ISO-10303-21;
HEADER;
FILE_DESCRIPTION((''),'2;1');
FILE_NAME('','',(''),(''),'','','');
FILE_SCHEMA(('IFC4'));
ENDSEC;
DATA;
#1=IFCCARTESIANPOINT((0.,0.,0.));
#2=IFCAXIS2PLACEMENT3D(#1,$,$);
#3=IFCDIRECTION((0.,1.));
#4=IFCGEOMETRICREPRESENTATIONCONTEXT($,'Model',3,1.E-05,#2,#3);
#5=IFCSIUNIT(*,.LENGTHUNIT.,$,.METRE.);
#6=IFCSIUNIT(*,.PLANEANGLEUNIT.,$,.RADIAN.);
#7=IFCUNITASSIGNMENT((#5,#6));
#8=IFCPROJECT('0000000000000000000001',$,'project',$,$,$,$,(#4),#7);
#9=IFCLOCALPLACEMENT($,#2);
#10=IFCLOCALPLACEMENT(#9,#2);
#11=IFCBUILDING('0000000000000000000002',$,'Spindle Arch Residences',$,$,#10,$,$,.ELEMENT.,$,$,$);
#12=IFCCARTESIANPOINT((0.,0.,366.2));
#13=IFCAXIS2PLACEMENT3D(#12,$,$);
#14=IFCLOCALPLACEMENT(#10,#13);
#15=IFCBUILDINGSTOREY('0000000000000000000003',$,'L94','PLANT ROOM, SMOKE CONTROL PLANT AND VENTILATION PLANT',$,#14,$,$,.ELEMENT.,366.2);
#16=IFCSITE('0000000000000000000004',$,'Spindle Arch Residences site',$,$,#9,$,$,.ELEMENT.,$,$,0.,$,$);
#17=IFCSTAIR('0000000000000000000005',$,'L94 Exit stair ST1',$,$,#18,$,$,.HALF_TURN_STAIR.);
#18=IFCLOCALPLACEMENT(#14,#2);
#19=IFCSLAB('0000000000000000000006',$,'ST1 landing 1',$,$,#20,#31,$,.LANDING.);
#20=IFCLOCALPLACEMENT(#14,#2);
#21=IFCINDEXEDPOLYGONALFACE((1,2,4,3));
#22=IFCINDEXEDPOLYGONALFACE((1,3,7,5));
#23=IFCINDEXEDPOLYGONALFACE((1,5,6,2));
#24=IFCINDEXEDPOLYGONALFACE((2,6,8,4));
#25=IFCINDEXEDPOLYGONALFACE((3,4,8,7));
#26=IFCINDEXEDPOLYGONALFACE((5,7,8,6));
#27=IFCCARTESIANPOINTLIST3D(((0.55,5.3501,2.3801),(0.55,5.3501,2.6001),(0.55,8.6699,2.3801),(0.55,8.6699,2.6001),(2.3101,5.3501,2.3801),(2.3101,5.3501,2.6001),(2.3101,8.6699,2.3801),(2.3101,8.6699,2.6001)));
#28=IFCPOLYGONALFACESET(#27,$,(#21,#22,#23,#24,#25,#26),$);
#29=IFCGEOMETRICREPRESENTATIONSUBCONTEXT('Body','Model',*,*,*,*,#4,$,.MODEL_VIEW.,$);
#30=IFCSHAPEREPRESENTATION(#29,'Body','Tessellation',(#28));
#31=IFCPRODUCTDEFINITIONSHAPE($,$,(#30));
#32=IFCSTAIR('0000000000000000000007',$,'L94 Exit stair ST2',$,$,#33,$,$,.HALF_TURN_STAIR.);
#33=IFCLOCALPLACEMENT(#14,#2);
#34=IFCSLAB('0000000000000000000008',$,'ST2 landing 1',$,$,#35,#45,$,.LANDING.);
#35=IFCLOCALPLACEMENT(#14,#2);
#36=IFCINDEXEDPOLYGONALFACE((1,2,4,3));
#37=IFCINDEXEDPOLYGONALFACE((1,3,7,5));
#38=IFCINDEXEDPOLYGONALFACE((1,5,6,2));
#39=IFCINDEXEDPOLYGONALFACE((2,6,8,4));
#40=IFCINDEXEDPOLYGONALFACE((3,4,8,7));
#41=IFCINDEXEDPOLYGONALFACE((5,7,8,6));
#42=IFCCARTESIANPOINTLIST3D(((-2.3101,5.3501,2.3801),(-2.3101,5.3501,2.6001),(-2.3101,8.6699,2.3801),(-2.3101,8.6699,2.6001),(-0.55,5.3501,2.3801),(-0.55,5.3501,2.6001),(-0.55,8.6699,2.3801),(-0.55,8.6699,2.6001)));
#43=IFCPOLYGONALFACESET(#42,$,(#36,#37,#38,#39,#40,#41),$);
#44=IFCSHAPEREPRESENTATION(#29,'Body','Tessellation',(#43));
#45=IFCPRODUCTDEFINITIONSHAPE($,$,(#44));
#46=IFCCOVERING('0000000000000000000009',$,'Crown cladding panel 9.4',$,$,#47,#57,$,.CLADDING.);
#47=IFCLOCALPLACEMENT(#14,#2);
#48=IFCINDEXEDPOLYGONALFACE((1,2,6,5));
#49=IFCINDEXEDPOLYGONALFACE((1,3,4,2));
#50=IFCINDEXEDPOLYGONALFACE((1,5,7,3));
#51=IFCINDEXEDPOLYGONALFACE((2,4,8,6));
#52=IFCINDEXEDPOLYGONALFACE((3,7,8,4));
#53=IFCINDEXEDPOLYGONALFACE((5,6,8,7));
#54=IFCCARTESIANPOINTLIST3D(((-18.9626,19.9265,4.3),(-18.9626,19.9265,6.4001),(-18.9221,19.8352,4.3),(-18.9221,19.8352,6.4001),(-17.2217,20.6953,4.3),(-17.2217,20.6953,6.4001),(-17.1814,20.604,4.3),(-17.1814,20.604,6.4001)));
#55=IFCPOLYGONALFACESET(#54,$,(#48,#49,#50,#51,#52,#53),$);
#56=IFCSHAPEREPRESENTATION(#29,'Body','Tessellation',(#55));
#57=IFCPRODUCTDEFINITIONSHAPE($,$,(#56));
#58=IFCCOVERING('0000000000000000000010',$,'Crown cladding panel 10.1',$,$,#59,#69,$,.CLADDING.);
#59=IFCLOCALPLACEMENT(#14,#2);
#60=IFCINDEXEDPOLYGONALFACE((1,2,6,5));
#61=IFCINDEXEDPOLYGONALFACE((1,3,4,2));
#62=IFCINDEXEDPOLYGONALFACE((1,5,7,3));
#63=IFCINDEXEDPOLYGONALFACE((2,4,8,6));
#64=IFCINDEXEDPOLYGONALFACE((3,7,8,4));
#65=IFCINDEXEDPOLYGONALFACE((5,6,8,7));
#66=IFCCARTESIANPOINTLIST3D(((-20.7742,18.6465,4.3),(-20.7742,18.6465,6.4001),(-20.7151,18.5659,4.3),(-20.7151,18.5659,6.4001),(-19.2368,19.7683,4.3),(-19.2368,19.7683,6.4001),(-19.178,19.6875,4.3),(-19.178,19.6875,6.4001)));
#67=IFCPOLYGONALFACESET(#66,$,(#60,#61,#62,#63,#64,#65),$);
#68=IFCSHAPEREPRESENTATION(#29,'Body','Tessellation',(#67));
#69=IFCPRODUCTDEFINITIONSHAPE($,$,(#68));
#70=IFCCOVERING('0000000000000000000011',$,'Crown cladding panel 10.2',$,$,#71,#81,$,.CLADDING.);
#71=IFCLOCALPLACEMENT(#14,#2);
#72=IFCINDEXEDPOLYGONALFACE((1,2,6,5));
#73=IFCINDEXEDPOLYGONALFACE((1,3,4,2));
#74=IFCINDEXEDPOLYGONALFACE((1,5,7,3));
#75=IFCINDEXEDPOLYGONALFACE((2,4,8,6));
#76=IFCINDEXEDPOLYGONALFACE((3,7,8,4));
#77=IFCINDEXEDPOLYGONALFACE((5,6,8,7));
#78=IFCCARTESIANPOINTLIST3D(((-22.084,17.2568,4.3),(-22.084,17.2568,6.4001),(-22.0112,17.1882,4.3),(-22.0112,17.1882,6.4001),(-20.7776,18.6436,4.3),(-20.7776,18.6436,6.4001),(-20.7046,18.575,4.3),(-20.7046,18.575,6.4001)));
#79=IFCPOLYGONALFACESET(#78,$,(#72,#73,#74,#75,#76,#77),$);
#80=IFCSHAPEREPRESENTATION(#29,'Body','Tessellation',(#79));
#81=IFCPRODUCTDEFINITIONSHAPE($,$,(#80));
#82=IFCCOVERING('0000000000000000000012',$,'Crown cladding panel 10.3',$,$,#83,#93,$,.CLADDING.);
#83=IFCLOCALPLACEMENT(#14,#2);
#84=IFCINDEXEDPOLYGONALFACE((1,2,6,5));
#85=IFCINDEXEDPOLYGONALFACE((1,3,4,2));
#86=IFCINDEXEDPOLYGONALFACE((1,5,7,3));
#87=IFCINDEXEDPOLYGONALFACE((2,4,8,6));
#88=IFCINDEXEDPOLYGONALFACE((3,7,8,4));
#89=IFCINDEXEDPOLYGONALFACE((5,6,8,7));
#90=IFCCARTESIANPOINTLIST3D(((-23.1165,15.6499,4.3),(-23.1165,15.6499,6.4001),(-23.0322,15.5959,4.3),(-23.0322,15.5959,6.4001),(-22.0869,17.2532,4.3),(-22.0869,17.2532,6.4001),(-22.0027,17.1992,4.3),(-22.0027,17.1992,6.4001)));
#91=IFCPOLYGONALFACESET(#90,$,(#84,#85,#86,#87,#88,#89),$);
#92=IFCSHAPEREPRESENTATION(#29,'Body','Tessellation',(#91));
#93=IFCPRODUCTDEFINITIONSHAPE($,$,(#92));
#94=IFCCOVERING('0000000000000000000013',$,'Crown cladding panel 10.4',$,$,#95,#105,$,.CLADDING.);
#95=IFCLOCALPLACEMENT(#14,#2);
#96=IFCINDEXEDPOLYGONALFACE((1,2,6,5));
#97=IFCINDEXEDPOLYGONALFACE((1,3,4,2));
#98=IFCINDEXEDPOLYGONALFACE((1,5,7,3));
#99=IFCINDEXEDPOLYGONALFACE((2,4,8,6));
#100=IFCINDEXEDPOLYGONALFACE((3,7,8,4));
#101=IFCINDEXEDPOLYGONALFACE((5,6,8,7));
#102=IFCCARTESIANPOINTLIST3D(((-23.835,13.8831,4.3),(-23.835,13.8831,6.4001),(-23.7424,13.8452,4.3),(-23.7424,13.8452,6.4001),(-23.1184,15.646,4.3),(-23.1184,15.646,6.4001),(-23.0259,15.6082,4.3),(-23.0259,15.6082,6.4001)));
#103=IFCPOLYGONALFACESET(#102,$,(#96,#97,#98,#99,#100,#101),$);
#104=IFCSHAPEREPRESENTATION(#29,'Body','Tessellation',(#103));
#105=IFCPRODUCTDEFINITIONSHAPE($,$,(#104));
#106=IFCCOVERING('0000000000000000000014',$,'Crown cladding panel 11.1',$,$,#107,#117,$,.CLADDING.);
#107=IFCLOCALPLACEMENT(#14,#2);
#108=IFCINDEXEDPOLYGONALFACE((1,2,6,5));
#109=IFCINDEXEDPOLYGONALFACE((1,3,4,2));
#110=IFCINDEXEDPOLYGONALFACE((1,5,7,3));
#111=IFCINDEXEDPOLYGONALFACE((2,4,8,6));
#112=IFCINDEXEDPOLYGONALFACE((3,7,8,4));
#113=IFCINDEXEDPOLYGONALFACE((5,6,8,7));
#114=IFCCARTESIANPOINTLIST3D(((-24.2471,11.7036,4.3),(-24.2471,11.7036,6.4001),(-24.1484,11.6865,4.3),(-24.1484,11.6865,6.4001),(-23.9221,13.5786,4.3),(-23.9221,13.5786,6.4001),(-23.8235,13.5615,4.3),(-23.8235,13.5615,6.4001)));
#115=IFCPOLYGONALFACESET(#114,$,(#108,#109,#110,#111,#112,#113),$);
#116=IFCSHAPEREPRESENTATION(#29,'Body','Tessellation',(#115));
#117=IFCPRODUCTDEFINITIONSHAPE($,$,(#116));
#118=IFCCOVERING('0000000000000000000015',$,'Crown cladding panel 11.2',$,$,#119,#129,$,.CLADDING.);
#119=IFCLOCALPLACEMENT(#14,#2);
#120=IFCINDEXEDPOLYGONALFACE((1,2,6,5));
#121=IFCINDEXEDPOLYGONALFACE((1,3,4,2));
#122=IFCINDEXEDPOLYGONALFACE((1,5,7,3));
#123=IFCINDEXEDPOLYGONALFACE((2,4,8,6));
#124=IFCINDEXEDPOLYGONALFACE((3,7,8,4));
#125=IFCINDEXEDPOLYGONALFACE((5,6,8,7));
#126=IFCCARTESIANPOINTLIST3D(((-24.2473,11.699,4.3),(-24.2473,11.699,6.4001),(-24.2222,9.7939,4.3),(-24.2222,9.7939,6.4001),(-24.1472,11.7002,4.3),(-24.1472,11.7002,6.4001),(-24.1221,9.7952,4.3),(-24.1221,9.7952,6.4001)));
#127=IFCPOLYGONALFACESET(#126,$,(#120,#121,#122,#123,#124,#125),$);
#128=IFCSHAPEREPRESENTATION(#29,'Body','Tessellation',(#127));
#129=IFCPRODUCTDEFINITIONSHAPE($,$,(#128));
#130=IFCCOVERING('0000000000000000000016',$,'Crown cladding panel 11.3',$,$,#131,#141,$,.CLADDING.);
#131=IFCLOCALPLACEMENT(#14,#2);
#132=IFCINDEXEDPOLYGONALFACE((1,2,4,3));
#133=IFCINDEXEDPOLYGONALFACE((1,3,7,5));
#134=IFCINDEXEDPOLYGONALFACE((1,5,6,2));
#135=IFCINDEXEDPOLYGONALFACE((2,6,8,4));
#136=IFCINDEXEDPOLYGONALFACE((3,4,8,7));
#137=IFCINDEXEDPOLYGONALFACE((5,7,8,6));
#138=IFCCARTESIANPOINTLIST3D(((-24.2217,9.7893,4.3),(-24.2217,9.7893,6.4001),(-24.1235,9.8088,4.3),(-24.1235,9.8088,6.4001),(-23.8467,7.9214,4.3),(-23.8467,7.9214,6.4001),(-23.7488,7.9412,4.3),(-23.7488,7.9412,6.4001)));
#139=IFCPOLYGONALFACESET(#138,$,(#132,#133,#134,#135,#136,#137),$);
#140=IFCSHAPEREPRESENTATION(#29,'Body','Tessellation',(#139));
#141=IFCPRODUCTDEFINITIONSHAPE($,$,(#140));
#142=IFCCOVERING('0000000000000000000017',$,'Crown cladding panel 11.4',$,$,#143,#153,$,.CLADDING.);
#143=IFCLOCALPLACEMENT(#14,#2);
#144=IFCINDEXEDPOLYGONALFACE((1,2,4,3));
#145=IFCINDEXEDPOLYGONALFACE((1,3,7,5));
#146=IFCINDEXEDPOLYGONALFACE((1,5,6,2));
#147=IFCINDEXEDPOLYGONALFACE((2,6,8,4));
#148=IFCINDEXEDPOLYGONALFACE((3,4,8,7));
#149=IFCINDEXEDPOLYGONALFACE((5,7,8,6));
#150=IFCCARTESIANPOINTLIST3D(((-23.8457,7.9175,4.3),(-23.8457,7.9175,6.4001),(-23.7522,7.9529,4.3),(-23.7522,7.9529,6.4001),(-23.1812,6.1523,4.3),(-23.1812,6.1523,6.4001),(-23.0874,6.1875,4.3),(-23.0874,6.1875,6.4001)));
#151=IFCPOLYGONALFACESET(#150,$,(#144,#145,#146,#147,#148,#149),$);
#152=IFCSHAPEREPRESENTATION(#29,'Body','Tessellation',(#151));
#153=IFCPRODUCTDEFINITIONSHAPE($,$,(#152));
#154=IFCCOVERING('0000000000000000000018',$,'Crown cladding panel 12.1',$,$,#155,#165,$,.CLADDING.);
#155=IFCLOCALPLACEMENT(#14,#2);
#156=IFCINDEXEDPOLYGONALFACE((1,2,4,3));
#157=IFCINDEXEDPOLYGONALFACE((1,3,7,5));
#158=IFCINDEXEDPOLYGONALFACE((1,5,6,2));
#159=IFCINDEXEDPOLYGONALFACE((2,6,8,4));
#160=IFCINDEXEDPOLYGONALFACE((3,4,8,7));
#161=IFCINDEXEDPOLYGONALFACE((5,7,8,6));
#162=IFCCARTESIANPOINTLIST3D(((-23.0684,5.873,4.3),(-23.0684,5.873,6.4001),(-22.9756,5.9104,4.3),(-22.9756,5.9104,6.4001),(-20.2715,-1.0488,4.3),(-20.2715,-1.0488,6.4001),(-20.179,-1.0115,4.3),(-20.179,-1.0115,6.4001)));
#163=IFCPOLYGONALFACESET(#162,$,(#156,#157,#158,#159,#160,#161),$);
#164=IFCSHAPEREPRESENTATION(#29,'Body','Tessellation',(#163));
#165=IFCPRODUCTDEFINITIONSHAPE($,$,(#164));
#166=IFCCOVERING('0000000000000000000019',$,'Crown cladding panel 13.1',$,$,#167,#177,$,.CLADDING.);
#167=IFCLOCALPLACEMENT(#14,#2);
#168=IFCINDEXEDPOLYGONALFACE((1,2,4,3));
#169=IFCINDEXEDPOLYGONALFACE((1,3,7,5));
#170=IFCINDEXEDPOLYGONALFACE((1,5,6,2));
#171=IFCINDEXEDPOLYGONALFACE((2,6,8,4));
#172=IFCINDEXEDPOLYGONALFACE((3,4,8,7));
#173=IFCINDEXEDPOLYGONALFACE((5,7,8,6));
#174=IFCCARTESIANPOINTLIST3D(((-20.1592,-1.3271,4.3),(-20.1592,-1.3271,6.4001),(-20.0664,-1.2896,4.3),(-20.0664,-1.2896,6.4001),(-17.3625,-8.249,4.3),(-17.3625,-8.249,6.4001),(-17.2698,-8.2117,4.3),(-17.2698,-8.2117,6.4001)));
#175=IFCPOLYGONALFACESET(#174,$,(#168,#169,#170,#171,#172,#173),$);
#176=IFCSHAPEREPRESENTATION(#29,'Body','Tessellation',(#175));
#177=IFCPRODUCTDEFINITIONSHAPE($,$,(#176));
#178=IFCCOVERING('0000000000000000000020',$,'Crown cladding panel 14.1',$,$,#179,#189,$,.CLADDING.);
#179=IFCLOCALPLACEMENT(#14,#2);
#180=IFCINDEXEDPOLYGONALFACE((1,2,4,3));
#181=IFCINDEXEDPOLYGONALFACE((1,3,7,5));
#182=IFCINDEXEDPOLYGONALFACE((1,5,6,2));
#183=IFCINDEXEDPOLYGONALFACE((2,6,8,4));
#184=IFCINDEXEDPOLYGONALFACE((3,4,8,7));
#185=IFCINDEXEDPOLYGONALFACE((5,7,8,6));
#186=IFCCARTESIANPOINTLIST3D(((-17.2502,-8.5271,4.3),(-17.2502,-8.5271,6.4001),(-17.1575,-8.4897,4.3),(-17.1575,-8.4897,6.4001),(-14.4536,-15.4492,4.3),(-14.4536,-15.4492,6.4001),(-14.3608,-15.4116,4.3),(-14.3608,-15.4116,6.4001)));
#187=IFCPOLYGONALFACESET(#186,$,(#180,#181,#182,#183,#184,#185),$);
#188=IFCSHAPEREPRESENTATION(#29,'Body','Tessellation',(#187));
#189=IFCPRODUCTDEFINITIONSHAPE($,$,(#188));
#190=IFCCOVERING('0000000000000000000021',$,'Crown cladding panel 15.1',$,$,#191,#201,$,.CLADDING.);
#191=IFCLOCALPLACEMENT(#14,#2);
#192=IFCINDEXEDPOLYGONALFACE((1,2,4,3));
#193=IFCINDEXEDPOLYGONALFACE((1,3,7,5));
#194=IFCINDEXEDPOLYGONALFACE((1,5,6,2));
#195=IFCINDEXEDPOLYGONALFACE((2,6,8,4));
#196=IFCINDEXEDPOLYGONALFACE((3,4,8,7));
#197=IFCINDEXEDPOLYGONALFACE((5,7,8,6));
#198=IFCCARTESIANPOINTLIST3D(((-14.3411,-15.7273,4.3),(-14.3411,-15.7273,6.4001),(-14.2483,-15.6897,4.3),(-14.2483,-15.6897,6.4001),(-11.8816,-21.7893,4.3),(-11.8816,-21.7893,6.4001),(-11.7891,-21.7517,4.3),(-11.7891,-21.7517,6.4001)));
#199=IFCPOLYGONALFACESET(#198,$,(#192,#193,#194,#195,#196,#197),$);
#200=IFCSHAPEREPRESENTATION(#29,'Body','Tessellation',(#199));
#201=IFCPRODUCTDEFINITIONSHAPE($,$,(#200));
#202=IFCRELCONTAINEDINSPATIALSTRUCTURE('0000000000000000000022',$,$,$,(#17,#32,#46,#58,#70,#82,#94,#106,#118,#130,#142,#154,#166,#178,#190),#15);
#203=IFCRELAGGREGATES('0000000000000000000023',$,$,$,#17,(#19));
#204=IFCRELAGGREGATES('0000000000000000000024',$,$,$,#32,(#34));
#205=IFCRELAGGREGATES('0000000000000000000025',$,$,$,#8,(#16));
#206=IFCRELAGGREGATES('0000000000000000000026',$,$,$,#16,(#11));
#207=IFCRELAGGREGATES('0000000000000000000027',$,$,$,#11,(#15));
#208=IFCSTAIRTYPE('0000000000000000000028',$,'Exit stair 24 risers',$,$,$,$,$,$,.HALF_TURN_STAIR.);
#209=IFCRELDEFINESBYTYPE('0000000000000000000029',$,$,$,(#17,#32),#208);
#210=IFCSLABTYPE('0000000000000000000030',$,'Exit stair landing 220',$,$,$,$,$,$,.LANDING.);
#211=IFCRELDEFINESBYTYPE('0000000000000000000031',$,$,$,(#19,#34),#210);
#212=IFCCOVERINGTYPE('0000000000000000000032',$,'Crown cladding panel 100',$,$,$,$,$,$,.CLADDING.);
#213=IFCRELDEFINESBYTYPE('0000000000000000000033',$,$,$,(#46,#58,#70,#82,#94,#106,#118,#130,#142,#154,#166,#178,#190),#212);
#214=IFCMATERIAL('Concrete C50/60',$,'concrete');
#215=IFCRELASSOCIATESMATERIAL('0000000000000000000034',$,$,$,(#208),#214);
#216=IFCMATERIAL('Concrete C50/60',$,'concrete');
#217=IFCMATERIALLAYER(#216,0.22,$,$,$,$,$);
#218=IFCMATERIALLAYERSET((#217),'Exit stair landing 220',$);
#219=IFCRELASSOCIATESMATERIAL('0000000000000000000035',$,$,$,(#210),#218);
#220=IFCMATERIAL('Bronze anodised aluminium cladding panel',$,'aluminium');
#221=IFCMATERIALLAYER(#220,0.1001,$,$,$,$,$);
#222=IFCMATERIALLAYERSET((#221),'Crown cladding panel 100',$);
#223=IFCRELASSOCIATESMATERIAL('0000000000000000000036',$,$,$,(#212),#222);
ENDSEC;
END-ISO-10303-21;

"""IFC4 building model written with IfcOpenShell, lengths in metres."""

from ifc_helpers import new_model, si_unit, direction, frame, origin, place, context, subcontext, project, spatial, polyline, outline, extrude, material, layer, layer_set, type_object, element, aggregate, save


model = new_model("IFC4")

# Units and contexts
model_context = context("Model", 3, precision=1e-05, world=origin(), true_north=direction((0.0, 1.0)))
body_context = subcontext(model_context, "Body", "Model", "MODEL_VIEW")
ifc_project = project(units=[si_unit("LENGTHUNIT", "METRE"), si_unit("PLANEANGLEUNIT", "RADIAN")], contexts=[model_context])

# Site, building, storey
site_placement = place(None, origin())
site = spatial("IfcSite", under=ifc_project, at=site_placement, Name="Spindle Arch Residences site", CompositionType="ELEMENT", RefElevation=0.0)
building_placement = place(site_placement, origin())
building = spatial("IfcBuilding", under=site, at=building_placement, Name="Spindle Arch Residences", CompositionType="ELEMENT")
storey_placement = place(building_placement, frame((0.0, 0.0, 366.2)))
storey = spatial("IfcBuildingStorey", under=building, at=storey_placement, Name="L94", Description="PLANT ROOM, SMOKE CONTROL PLANT AND VENTILATION PLANT", CompositionType="ELEMENT", Elevation=366.2)

# Stairs, slabs
ifc_material_1 = material(Name="Concrete C50/60", Category="concrete")
stair_type = type_object("IfcStairType", Name="Exit stair 24 risers", PredefinedType="HALF_TURN_STAIR", material=ifc_material_1)
stair_1_placement = place(storey_placement, origin())
stair_1 = element("IfcStair", 1, at=stair_1_placement, inside=storey, type_object=stair_type, Name="L94 Exit stair ST1", PredefinedType="HALF_TURN_STAIR")
ifc_material_2 = material(Name="Concrete C50/60", Category="concrete")
ifc_layer_1 = layer(ifc_material_2, 0.22)
ifc_layer_set_1 = layer_set([ifc_layer_1], Name="Exit stair landing 220")
slab_type = type_object("IfcSlabType", Name="Exit stair landing 220", PredefinedType="LANDING", material=ifc_layer_set_1)
slab_1_placement = place(storey_placement, frame((0.0, 0.0, 2.3801)))
slab_1 = element("IfcSlab", 2, at=slab_1_placement, type_object=slab_type, Name="ST1 landing 1", PredefinedType="LANDING", context=body_context, shape_type="SweptSolid", body=[
    extrude(outline(polyline([(2.3101, 8.6699), (0.55, 8.6699), (0.55, 5.3501), (2.3101, 5.3501), (2.3101, 8.6699)])), origin(), (0.0, 0.0, 1.0), 0.22),
])
aggregate(stair_1, [slab_1])
stair_2_placement = place(storey_placement, origin())
stair_2 = element("IfcStair", 3, at=stair_2_placement, inside=storey, type_object=stair_type, Name="L94 Exit stair ST2", PredefinedType="HALF_TURN_STAIR")
slab_2_placement = place(storey_placement, frame((0.0, 0.0, 2.3801)))
slab_2 = element("IfcSlab", 4, at=slab_2_placement, type_object=slab_type, Name="ST2 landing 1", PredefinedType="LANDING", context=body_context, shape_type="SweptSolid", body=[
    extrude(outline(polyline([(-2.3101, 5.3501), (-0.55, 5.3501), (-0.55, 8.6699), (-2.3101, 8.6699), (-2.3101, 5.3501)])), origin(), (0.0, 0.0, 1.0), 0.22),
])
aggregate(stair_2, [slab_2])

# Coverings
ifc_material_3 = material(Name="Bronze anodised aluminium cladding panel", Category="aluminium")
ifc_layer_2 = layer(ifc_material_3, 0.1001)
ifc_layer_set_2 = layer_set([ifc_layer_2], Name="Crown cladding panel 100")
covering_type = type_object("IfcCoveringType", Name="Crown cladding panel 100", PredefinedType="CLADDING", material=ifc_layer_set_2)
covering_1_placement = place(storey_placement, frame((0.0, 0.0, 4.3)))
element("IfcCovering", 5, at=covering_1_placement, inside=storey, type_object=covering_type, Name="Crown cladding panel 9.4", PredefinedType="CLADDING", context=body_context, shape_type="SweptSolid", body=[
    extrude(outline(polyline([(-18.9221, 19.8352), (-18.9626, 19.9265), (-17.2217, 20.6953), (-17.1814, 20.604), (-18.9221, 19.8352)])), origin(), (0.0, 0.0, 1.0), 2.1001),
])
covering_2_placement = place(storey_placement, frame((0.0, 0.0, 4.3)))
element("IfcCovering", 6, at=covering_2_placement, inside=storey, type_object=covering_type, Name="Crown cladding panel 10.1", PredefinedType="CLADDING", context=body_context, shape_type="SweptSolid", body=[
    extrude(outline(polyline([(-20.7151, 18.5659), (-20.7742, 18.6465), (-19.2368, 19.7683), (-19.178, 19.6875), (-20.7151, 18.5659)])), origin(), (0.0, 0.0, 1.0), 2.1001),
])
covering_3_placement = place(storey_placement, frame((0.0, 0.0, 4.3)))
element("IfcCovering", 7, at=covering_3_placement, inside=storey, type_object=covering_type, Name="Crown cladding panel 10.2", PredefinedType="CLADDING", context=body_context, shape_type="SweptSolid", body=[
    extrude(outline(polyline([(-22.0112, 17.1882), (-22.084, 17.2568), (-20.7776, 18.6436), (-20.7046, 18.575), (-22.0112, 17.1882)])), origin(), (0.0, 0.0, 1.0), 2.1001),
])
covering_4_placement = place(storey_placement, frame((0.0, 0.0, 4.3)))
element("IfcCovering", 8, at=covering_4_placement, inside=storey, type_object=covering_type, Name="Crown cladding panel 10.3", PredefinedType="CLADDING", context=body_context, shape_type="SweptSolid", body=[
    extrude(outline(polyline([(-23.0322, 15.5959), (-23.1165, 15.6499), (-22.0869, 17.2532), (-22.0027, 17.1992), (-23.0322, 15.5959)])), origin(), (0.0, 0.0, 1.0), 2.1001),
])
covering_5_placement = place(storey_placement, frame((0.0, 0.0, 4.3)))
element("IfcCovering", 9, at=covering_5_placement, inside=storey, type_object=covering_type, Name="Crown cladding panel 10.4", PredefinedType="CLADDING", context=body_context, shape_type="SweptSolid", body=[
    extrude(outline(polyline([(-23.7424, 13.8452), (-23.835, 13.8831), (-23.1184, 15.646), (-23.0259, 15.6082), (-23.7424, 13.8452)])), origin(), (0.0, 0.0, 1.0), 2.1001),
])
covering_6_placement = place(storey_placement, frame((0.0, 0.0, 4.3)))
element("IfcCovering", 10, at=covering_6_placement, inside=storey, type_object=covering_type, Name="Crown cladding panel 11.1", PredefinedType="CLADDING", context=body_context, shape_type="SweptSolid", body=[
    extrude(outline(polyline([(-24.1484, 11.6865), (-24.2471, 11.7036), (-23.9221, 13.5786), (-23.8235, 13.5615), (-24.1484, 11.6865)])), origin(), (0.0, 0.0, 1.0), 2.1001),
])
covering_7_placement = place(storey_placement, frame((0.0, 0.0, 4.3)))
element("IfcCovering", 11, at=covering_7_placement, inside=storey, type_object=covering_type, Name="Crown cladding panel 11.2", PredefinedType="CLADDING", context=body_context, shape_type="SweptSolid", body=[
    extrude(outline(polyline([(-24.1221, 9.7952), (-24.2222, 9.7939), (-24.2473, 11.699), (-24.1472, 11.7002), (-24.1221, 9.7952)])), origin(), (0.0, 0.0, 1.0), 2.1001),
])
covering_8_placement = place(storey_placement, frame((0.0, 0.0, 4.3)))
element("IfcCovering", 12, at=covering_8_placement, inside=storey, type_object=covering_type, Name="Crown cladding panel 11.3", PredefinedType="CLADDING", context=body_context, shape_type="SweptSolid", body=[
    extrude(outline(polyline([(-23.7488, 7.9412), (-23.8467, 7.9214), (-24.2217, 9.7893), (-24.1235, 9.8088), (-23.7488, 7.9412)])), origin(), (0.0, 0.0, 1.0), 2.1001),
])
covering_9_placement = place(storey_placement, frame((0.0, 0.0, 4.3)))
element("IfcCovering", 13, at=covering_9_placement, inside=storey, type_object=covering_type, Name="Crown cladding panel 11.4", PredefinedType="CLADDING", context=body_context, shape_type="SweptSolid", body=[
    extrude(outline(polyline([(-23.0874, 6.1875), (-23.1812, 6.1523), (-23.8457, 7.9175), (-23.7522, 7.9529), (-23.0874, 6.1875)])), origin(), (0.0, 0.0, 1.0), 2.1001),
])
covering_10_placement = place(storey_placement, frame((0.0, 0.0, 4.3)))
element("IfcCovering", 14, at=covering_10_placement, inside=storey, type_object=covering_type, Name="Crown cladding panel 12.1", PredefinedType="CLADDING", context=body_context, shape_type="SweptSolid", body=[
    extrude(outline(polyline([(-20.179, -1.0115), (-20.2715, -1.0488), (-23.0684, 5.873), (-22.9756, 5.9104), (-20.179, -1.0115)])), origin(), (0.0, 0.0, 1.0), 2.1001),
])
covering_11_placement = place(storey_placement, frame((0.0, 0.0, 4.3)))
element("IfcCovering", 15, at=covering_11_placement, inside=storey, type_object=covering_type, Name="Crown cladding panel 13.1", PredefinedType="CLADDING", context=body_context, shape_type="SweptSolid", body=[
    extrude(outline(polyline([(-17.2698, -8.2117), (-17.3625, -8.249), (-20.1592, -1.3271), (-20.0664, -1.2896), (-17.2698, -8.2117)])), origin(), (0.0, 0.0, 1.0), 2.1001),
])
covering_12_placement = place(storey_placement, frame((0.0, 0.0, 4.3)))
element("IfcCovering", 16, at=covering_12_placement, inside=storey, type_object=covering_type, Name="Crown cladding panel 14.1", PredefinedType="CLADDING", context=body_context, shape_type="SweptSolid", body=[
    extrude(outline(polyline([(-14.3608, -15.4116), (-14.4536, -15.4492), (-17.2502, -8.5271), (-17.1575, -8.4897), (-14.3608, -15.4116)])), origin(), (0.0, 0.0, 1.0), 2.1001),
])
covering_13_placement = place(storey_placement, frame((0.0, 0.0, 4.3)))
element("IfcCovering", 17, at=covering_13_placement, inside=storey, type_object=covering_type, Name="Crown cladding panel 15.1", PredefinedType="CLADDING", context=body_context, shape_type="SweptSolid", body=[
    extrude(outline(polyline([(-11.7891, -21.7517), (-11.8816, -21.7893), (-14.3411, -15.7273), (-14.2483, -15.6897), (-11.7891, -21.7517)])), origin(), (0.0, 0.0, 1.0), 2.1001),
])

save(model, "model.ifc")
